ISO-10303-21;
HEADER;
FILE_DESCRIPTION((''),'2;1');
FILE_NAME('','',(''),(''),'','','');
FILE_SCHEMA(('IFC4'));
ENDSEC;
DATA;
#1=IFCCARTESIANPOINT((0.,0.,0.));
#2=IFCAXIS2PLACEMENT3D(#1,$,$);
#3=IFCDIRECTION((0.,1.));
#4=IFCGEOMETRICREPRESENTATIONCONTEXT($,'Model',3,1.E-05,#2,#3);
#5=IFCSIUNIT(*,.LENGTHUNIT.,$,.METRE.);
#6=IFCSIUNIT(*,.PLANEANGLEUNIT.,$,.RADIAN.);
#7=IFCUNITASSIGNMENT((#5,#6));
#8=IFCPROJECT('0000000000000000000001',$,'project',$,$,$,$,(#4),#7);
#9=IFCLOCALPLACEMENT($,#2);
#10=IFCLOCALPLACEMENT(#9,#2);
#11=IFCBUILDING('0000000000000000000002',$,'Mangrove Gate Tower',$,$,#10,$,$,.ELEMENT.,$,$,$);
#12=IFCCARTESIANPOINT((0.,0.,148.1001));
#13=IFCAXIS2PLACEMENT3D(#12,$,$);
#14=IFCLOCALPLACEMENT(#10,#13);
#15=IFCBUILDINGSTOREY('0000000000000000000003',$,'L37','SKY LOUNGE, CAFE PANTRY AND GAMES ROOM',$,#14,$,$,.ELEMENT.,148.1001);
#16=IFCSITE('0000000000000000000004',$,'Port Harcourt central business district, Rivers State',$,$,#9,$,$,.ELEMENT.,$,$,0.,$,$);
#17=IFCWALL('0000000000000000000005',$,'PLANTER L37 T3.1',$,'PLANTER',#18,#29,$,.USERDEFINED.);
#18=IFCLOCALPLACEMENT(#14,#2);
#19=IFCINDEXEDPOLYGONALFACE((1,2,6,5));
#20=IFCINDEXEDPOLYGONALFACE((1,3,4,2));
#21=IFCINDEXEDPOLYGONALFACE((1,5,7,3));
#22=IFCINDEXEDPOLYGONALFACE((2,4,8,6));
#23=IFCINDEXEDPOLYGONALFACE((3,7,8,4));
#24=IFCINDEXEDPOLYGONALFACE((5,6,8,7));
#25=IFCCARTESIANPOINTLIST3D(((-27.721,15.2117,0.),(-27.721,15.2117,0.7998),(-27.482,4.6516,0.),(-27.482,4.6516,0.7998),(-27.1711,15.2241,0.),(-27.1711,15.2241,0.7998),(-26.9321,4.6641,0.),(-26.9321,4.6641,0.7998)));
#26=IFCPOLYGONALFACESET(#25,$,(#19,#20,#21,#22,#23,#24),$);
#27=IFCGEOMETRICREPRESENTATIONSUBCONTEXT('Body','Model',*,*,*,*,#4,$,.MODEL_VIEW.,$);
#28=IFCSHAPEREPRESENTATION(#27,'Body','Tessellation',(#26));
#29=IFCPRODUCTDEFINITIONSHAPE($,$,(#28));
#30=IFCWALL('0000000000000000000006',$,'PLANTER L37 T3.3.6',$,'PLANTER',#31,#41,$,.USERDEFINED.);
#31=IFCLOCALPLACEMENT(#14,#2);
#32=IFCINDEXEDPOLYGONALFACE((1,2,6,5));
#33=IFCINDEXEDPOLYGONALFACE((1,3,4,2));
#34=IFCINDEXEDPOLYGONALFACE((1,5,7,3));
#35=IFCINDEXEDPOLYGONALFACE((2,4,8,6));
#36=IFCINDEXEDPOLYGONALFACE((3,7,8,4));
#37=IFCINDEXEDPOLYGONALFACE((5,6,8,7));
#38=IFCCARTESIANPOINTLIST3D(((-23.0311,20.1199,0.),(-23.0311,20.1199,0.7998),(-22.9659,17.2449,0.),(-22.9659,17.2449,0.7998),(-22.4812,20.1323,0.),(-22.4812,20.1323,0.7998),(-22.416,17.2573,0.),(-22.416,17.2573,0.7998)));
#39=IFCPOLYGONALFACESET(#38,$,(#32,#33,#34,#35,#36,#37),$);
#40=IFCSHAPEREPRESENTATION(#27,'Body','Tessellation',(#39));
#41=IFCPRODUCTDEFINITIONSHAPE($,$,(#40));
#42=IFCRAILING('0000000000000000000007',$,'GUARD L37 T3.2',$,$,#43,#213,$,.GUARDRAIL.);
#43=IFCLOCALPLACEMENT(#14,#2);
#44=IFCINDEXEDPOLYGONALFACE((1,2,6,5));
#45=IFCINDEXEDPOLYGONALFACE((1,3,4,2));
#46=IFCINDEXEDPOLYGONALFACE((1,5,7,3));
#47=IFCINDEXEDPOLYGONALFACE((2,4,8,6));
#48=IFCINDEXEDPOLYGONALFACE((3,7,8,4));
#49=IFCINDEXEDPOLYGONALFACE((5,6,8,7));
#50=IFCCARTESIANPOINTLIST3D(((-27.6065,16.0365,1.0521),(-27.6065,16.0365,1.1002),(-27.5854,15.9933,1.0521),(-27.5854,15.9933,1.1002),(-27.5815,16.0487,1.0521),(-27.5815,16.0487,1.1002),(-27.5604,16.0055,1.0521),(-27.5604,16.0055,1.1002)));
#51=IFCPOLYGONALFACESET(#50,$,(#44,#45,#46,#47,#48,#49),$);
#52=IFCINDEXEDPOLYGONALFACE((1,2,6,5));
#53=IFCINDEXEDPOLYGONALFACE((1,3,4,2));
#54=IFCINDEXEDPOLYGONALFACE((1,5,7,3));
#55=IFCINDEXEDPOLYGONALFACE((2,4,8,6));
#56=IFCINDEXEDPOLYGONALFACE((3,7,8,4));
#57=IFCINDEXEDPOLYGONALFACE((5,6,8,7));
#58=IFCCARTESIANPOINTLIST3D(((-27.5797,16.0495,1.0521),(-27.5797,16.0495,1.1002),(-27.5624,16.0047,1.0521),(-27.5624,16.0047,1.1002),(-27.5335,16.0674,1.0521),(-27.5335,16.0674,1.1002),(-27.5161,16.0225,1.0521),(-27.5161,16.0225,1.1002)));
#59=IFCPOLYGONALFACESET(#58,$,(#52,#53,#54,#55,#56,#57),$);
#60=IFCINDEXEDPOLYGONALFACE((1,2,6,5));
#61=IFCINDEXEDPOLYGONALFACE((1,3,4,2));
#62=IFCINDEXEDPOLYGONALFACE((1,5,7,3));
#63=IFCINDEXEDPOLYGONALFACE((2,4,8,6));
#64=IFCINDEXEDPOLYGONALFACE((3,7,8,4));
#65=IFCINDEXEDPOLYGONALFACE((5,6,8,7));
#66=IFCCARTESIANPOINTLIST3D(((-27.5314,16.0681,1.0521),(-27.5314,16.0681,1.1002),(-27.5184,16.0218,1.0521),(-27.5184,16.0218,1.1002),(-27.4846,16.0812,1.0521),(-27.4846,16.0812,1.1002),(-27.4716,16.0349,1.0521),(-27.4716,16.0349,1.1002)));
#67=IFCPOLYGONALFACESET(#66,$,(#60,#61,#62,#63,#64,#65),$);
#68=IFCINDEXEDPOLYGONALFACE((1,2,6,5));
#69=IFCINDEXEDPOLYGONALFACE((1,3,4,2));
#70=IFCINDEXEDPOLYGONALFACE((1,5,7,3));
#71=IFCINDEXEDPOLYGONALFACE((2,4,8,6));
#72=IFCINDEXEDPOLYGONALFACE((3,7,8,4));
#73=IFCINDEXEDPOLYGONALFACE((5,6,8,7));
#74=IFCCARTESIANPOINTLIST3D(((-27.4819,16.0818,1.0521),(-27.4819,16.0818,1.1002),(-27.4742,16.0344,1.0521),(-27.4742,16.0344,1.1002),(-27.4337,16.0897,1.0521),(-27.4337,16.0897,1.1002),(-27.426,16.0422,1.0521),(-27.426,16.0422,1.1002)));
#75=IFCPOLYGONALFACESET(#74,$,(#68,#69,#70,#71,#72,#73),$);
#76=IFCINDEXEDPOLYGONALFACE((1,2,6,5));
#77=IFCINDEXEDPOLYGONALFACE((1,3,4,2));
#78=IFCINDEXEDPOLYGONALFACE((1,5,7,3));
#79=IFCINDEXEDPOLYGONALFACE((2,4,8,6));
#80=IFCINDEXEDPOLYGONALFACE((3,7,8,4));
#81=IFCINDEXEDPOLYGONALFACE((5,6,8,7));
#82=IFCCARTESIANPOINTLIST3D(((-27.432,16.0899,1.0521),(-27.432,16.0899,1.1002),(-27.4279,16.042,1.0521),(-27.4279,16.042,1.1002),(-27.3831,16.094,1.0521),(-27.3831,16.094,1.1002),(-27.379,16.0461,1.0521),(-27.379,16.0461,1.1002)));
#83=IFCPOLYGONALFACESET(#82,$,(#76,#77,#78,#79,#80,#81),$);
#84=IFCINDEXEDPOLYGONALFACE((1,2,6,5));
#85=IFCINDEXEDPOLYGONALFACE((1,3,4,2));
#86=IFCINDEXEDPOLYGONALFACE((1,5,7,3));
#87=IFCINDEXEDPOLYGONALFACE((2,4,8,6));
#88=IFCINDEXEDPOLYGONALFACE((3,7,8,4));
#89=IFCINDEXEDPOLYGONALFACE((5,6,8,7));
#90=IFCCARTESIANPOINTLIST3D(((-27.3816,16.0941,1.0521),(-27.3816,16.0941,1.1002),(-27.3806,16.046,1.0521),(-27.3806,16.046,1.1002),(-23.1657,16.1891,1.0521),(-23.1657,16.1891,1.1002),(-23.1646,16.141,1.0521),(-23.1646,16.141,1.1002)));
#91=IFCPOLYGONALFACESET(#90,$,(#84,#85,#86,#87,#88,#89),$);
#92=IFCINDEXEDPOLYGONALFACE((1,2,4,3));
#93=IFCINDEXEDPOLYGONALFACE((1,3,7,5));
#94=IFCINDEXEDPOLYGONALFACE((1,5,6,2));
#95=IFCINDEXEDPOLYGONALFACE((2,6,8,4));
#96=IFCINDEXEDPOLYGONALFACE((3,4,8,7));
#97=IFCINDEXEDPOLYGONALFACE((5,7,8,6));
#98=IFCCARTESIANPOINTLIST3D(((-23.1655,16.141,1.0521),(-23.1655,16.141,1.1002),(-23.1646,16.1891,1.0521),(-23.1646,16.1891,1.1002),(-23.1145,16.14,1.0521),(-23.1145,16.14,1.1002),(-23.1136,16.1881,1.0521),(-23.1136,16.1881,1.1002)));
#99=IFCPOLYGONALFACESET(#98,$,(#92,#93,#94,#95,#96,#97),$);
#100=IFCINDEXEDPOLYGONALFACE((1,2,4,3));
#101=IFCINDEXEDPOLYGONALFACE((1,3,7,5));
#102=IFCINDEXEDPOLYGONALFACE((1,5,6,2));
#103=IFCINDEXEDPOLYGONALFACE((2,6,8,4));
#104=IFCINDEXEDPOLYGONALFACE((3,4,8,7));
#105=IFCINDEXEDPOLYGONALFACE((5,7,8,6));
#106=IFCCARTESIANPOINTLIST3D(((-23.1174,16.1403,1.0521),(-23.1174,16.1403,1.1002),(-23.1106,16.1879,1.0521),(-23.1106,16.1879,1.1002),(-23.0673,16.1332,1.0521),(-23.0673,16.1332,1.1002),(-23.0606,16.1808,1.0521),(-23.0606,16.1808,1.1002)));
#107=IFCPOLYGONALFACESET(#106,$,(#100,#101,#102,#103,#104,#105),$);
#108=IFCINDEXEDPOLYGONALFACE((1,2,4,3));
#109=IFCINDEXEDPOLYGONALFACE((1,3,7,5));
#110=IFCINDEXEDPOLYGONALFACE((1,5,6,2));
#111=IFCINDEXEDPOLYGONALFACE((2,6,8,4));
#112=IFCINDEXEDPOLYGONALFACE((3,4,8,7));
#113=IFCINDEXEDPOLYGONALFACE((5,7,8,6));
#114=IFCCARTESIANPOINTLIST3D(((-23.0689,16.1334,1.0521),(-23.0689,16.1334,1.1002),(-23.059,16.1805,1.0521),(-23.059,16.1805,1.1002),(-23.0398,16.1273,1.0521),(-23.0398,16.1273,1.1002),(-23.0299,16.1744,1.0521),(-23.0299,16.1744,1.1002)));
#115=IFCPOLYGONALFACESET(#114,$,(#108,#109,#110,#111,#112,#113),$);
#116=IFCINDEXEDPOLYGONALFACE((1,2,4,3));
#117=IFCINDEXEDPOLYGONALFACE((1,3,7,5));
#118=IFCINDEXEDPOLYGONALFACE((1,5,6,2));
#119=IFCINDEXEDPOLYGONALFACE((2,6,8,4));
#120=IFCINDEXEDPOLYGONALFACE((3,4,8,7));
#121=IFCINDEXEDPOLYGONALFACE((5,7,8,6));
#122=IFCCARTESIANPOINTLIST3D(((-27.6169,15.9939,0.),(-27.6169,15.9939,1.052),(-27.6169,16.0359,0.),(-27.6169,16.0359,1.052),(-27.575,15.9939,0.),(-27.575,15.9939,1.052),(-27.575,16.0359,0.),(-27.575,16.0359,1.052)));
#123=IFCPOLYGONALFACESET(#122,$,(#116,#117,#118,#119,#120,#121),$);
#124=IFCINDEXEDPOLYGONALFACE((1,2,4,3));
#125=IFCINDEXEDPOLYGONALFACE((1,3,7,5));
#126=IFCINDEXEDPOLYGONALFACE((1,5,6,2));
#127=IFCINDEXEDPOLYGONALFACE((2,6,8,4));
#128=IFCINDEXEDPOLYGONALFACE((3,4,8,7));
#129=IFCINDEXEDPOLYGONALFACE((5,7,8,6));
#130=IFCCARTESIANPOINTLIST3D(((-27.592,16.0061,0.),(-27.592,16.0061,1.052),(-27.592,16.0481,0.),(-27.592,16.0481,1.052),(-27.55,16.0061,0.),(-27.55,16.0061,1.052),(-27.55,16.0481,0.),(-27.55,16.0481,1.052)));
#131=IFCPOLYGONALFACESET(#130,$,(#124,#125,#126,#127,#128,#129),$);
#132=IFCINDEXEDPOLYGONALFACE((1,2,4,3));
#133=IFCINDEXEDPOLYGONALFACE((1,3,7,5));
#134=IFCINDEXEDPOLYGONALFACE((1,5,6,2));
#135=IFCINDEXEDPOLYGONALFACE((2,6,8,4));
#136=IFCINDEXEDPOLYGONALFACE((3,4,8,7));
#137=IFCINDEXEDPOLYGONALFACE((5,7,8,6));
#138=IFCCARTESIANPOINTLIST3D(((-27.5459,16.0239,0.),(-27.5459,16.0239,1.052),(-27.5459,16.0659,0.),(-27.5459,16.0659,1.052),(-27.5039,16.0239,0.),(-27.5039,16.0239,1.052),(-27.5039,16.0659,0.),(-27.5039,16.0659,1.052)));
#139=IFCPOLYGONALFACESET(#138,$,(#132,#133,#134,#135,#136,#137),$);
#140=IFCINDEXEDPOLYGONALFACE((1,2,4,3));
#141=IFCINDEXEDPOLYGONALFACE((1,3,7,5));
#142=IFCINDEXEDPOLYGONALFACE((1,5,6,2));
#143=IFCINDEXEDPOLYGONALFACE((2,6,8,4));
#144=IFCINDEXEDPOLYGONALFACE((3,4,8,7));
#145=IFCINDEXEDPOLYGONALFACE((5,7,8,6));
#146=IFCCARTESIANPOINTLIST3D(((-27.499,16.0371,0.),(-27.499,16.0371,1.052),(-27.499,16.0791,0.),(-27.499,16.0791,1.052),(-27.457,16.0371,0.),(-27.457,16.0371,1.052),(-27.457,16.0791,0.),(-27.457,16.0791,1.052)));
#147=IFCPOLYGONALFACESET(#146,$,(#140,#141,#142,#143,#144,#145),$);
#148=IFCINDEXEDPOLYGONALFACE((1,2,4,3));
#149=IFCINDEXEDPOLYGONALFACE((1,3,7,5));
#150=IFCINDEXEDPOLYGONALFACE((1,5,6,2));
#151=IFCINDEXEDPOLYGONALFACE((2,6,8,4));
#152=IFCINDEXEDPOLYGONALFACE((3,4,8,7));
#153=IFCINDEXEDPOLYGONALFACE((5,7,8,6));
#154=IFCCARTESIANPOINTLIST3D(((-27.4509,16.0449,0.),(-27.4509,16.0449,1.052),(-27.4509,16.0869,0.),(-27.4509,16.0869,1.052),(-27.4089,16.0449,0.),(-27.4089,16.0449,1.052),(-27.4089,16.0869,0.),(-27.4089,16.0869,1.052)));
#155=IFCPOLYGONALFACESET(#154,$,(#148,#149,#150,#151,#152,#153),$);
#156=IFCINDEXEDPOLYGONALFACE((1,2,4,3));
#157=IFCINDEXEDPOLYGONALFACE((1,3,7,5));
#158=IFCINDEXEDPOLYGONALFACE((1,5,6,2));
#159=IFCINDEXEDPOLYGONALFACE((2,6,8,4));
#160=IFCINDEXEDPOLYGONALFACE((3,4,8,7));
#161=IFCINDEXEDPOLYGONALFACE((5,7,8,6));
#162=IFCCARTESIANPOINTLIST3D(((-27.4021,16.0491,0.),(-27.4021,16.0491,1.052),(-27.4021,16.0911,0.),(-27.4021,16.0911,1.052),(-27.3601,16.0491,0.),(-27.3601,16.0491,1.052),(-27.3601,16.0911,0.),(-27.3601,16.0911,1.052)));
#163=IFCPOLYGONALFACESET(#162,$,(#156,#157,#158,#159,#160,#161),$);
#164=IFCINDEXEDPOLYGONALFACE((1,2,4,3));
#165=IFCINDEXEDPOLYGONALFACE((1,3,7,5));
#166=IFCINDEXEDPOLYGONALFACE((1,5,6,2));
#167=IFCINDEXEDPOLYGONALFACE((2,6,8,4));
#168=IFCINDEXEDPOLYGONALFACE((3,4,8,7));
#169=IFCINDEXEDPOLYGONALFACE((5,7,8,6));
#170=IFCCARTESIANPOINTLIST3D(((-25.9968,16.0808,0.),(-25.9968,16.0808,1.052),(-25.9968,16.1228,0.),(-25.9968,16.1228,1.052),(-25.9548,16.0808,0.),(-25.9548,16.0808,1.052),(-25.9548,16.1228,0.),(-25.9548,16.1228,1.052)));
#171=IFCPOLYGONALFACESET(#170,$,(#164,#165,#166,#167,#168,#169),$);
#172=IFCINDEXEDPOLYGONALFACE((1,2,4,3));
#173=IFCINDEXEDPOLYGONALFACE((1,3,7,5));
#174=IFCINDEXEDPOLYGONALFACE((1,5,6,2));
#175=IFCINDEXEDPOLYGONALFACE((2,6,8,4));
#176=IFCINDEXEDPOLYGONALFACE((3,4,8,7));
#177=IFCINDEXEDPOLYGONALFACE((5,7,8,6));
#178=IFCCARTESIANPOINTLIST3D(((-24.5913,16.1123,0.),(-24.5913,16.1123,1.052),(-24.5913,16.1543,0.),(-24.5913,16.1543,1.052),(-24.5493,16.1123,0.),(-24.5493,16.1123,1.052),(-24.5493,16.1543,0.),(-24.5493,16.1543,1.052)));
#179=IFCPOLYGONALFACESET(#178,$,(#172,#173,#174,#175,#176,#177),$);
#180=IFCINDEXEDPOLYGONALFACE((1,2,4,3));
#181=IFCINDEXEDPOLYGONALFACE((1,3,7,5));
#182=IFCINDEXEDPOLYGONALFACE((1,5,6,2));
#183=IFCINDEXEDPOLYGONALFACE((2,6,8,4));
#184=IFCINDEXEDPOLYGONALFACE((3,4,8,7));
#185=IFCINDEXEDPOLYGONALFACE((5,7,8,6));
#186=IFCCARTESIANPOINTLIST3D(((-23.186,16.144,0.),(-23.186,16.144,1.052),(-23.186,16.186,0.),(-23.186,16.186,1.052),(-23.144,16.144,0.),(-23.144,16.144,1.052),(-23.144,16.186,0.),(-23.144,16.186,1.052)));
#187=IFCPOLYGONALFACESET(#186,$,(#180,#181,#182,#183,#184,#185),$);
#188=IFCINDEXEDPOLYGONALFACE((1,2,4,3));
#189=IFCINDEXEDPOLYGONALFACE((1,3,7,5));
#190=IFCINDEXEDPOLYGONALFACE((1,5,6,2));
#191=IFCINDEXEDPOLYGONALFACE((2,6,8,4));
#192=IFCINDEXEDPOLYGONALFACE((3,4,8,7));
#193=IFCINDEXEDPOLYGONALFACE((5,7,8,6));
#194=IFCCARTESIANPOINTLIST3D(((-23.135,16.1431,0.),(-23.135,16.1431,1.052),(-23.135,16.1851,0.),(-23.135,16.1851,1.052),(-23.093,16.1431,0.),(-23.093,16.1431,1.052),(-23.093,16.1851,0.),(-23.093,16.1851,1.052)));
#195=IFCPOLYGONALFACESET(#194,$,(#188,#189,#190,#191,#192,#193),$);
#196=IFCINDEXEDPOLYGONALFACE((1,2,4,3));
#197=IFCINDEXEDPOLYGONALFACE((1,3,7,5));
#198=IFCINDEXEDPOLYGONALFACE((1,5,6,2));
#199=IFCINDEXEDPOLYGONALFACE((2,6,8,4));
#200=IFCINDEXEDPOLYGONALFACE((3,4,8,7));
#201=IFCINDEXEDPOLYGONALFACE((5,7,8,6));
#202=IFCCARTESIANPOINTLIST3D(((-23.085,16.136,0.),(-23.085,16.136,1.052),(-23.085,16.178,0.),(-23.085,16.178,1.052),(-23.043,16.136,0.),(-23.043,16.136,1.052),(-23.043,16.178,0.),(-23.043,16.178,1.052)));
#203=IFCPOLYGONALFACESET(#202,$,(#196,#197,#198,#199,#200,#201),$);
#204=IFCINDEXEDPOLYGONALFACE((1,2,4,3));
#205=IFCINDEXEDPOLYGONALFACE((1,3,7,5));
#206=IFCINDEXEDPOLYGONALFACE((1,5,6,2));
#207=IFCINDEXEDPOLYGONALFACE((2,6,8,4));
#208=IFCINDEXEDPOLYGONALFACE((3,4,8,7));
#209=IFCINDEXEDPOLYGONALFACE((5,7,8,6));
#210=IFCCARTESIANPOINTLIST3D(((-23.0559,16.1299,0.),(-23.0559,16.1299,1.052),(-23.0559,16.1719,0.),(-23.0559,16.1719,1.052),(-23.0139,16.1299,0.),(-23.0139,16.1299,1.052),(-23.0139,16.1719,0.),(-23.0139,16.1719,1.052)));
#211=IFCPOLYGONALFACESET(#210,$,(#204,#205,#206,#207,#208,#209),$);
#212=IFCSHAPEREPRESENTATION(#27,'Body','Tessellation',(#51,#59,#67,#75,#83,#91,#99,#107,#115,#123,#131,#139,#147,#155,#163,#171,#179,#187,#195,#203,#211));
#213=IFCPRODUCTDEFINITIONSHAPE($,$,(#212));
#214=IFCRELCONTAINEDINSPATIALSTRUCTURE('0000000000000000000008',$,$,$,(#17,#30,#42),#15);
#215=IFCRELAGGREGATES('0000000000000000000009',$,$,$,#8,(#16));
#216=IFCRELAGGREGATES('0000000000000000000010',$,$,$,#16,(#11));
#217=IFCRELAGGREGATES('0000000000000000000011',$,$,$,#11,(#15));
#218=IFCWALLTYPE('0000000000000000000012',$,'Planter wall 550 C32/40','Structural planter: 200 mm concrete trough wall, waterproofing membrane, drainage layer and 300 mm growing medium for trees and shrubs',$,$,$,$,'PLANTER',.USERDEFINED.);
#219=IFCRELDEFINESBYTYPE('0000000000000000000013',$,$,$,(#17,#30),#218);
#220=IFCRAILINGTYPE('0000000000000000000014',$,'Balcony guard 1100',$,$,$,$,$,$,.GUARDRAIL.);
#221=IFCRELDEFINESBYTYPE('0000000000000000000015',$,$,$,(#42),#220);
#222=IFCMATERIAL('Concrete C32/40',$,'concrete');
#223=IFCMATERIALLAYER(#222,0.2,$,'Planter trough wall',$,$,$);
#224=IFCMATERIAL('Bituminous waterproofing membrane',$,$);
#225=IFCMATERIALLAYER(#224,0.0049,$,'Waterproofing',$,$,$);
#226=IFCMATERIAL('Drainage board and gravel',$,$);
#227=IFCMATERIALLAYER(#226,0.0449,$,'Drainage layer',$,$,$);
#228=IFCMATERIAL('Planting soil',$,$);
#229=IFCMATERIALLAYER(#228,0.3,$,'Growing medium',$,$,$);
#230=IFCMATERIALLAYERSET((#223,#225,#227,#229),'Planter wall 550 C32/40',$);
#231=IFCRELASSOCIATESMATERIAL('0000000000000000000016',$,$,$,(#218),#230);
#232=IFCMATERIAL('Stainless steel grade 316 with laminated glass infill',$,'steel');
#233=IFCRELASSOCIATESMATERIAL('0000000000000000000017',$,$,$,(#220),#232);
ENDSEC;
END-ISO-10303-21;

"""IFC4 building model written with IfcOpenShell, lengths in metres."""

from ifc_helpers import new_model, si_unit, direction, frame, frame_2d, origin, origin_2d, place, context, subcontext, project, spatial, rectangle, extrude, material, layer, layer_set, type_object, element, save


model = new_model("IFC4")

# Units and contexts
model_context = context("Model", 3, precision=1e-05, world=origin(), true_north=direction((0.0, 1.0)))
body_context = subcontext(model_context, "Body", "Model", "MODEL_VIEW")
ifc_project = project(units=[si_unit("LENGTHUNIT", "METRE"), si_unit("PLANEANGLEUNIT", "RADIAN")], contexts=[model_context])

# Site, building, storey
site_placement = place(None, origin())
site = spatial("IfcSite", under=ifc_project, at=site_placement, Name="Port Harcourt central business district, Rivers State", CompositionType="ELEMENT", RefElevation=0.0)
building_placement = place(site_placement, origin())
building = spatial("IfcBuilding", under=site, at=building_placement, Name="Mangrove Gate Tower", CompositionType="ELEMENT")
storey_placement = place(building_placement, frame((0.0, 0.0, 148.1001)))
storey = spatial("IfcBuildingStorey", under=building, at=storey_placement, Name="L37", Description="SKY LOUNGE, CAFE PANTRY AND GAMES ROOM", CompositionType="ELEMENT", Elevation=148.1001)

# Walls
ifc_material_1 = material(Name="Concrete C32/40", Category="concrete")
ifc_layer_1 = layer(ifc_material_1, 0.2, Name="Planter trough wall")
ifc_material_2 = material(Name="Bituminous waterproofing membrane")
ifc_layer_2 = layer(ifc_material_2, 0.0049, Name="Waterproofing")
ifc_material_3 = material(Name="Drainage board and gravel")
ifc_layer_3 = layer(ifc_material_3, 0.0449, Name="Drainage layer")
ifc_material_4 = material(Name="Planting soil")
ifc_layer_4 = layer(ifc_material_4, 0.3, Name="Growing medium")
ifc_layer_set_1 = layer_set([ifc_layer_1, ifc_layer_2, ifc_layer_3, ifc_layer_4], Name="Planter wall 550 C32/40")
wall_type_1 = type_object("IfcWallType", Name="Planter wall 550 C32/40", Description="Structural planter: 200 mm concrete trough wall, waterproofing membrane, drainage layer and 300 mm growing medium for trees and shrubs", ElementType="PLANTER", PredefinedType="USERDEFINED", material=ifc_layer_set_1)
wall_1_placement = place(storey_placement, frame((-27.207, 4.658, 0.0), z_axis=(0.0, 0.0, 1.0), x_axis=(-0.022628, 0.999744, 0.0)))
element("IfcWall", 1, at=wall_1_placement, inside=storey, type_object=wall_type_1, Name="PLANTER L37 T3.1", ObjectType="PLANTER", PredefinedType="USERDEFINED", context=body_context, shape_type="SweptSolid", body=[
    extrude(rectangle(XDim=10.5627, YDim=0.55, at=frame_2d((5.2812, 0.0))), origin(), (0.0, 0.0, 1.0), 0.7998),
])
wall_2_placement = place(storey_placement, frame((-22.6909, 17.251, 0.0), z_axis=(0.0, 0.0, 1.0), x_axis=(-0.022667, 0.999743, 0.0)))
element("IfcWall", 2, at=wall_2_placement, inside=storey, type_object=wall_type_1, Name="PLANTER L37 T3.3.6", ObjectType="PLANTER", PredefinedType="USERDEFINED", context=body_context, shape_type="SweptSolid", body=[
    extrude(rectangle(XDim=2.8757, YDim=0.55, at=frame_2d((1.438, 0.0))), origin(), (0.0, 0.0, 1.0), 0.7998),
])

# Railing
ifc_material_5 = material(Name="Stainless steel grade 316 with laminated glass infill", Category="steel")
railing_type = type_object("IfcRailingType", Name="Balcony guard 1100", PredefinedType="GUARDRAIL", material=ifc_material_5)
railing_1_placement = place(storey_placement, frame((-27.5959, 16.0149, 0.0)))
element("IfcRailing", 3, at=railing_1_placement, inside=storey, type_object=railing_type, Name="GUARD L37 T3.2", PredefinedType="GUARDRAIL", context=body_context, shape_type="SweptSolid", body=[
    extrude(rectangle(XDim=0.0481, YDim=0.0481, at=origin_2d()), frame((0.0, 0.0, 1.0762), z_axis=(0.897921, 0.440157, 0.0), x_axis=(-0.440157, 0.897921, 0.0)), (0.0, 0.0, 1.0), 0.0278),
    extrude(rectangle(XDim=0.0481, YDim=0.0481, at=origin_2d()), frame((0.0249, 0.0122, 1.0762), z_axis=(0.932836, 0.360302, 0.0), x_axis=(-0.360302, 0.932836, 0.0)), (0.0, 0.0, 1.0), 0.0496),
    extrude(rectangle(XDim=0.0481, YDim=0.0481, at=origin_2d()), frame((0.071, 0.03, 1.0762), z_axis=(0.962651, 0.270746, 0.0), x_axis=(-0.270746, 0.962651, 0.0)), (0.0, 0.0, 1.0), 0.0486),
    extrude(rectangle(XDim=0.0481, YDim=0.0481, at=origin_2d()), frame((0.1179, 0.0432, 1.0762), z_axis=(0.987063, 0.160335, 0.0), x_axis=(-0.160335, 0.987063, 0.0)), (0.0, 0.0, 1.0), 0.0488),
    extrude(rectangle(XDim=0.0481, YDim=0.0481, at=origin_2d()), frame((0.166, 0.051, 1.0762), z_axis=(0.996407, 0.084695, 0.0), x_axis=(-0.084695, 0.996407, 0.0)), (0.0, 0.0, 1.0), 0.0491),
    extrude(rectangle(XDim=0.0481, YDim=0.0481, at=origin_2d()), frame((0.2148, 0.0552, 1.0762), z_axis=(0.999746, 0.02252, 0.0), x_axis=(-0.02252, 0.999746, 0.0)), (0.0, 0.0, 1.0), 4.217),
    extrude(rectangle(XDim=0.0481, YDim=0.0481, at=origin_2d()), frame((4.4309, 0.1501, 1.0762), z_axis=(0.999817, -0.019135, 0.0), x_axis=(0.019135, 0.999817, 0.0)), (0.0, 0.0, 1.0), 0.051),
    extrude(rectangle(XDim=0.0481, YDim=0.0481, at=origin_2d()), frame((4.4819, 0.1492, 1.0762), z_axis=(0.990142, -0.140069, 0.0), x_axis=(0.140069, 0.990142, 0.0)), (0.0, 0.0, 1.0), 0.0505),
    extrude(rectangle(XDim=0.0481, YDim=0.0481, at=origin_2d()), frame((4.532, 0.1421, 1.0762), z_axis=(0.978637, -0.205596, 0.0), x_axis=(0.205596, 0.978637, 0.0)), (0.0, 0.0, 1.0), 0.0298),
    extrude(rectangle(XDim=0.042, YDim=0.042, at=origin_2d()), origin(), (0.0, 0.0, 1.0), 1.052),
    extrude(rectangle(XDim=0.042, YDim=0.042, at=origin_2d()), frame((0.0249, 0.0122, 0.0)), (0.0, 0.0, 1.0), 1.052),
    extrude(rectangle(XDim=0.042, YDim=0.042, at=origin_2d()), frame((0.071, 0.03, 0.0)), (0.0, 0.0, 1.0), 1.052),
    extrude(rectangle(XDim=0.042, YDim=0.042, at=origin_2d()), frame((0.1179, 0.0432, 0.0)), (0.0, 0.0, 1.0), 1.052),
    extrude(rectangle(XDim=0.042, YDim=0.042, at=origin_2d()), frame((0.166, 0.051, 0.0)), (0.0, 0.0, 1.0), 1.052),
    extrude(rectangle(XDim=0.042, YDim=0.042, at=origin_2d()), frame((0.2148, 0.0552, 0.0)), (0.0, 0.0, 1.0), 1.052),
    extrude(rectangle(XDim=0.042, YDim=0.042, at=origin_2d()), frame((1.6201, 0.0869, 0.0)), (0.0, 0.0, 1.0), 1.052),
    extrude(rectangle(XDim=0.042, YDim=0.042, at=origin_2d()), frame((3.0256, 0.1184, 0.0)), (0.0, 0.0, 1.0), 1.052),
    extrude(rectangle(XDim=0.042, YDim=0.042, at=origin_2d()), frame((4.4309, 0.1501, 0.0)), (0.0, 0.0, 1.0), 1.052),
    extrude(rectangle(XDim=0.042, YDim=0.042, at=origin_2d()), frame((4.4819, 0.1492, 0.0)), (0.0, 0.0, 1.0), 1.052),
    extrude(rectangle(XDim=0.042, YDim=0.042, at=origin_2d()), frame((4.532, 0.1421, 0.0)), (0.0, 0.0, 1.0), 1.052),
    extrude(rectangle(XDim=0.042, YDim=0.042, at=origin_2d()), frame((4.561, 0.136, 0.0)), (0.0, 0.0, 1.0), 1.052),
])

save(model, "model.ifc")
